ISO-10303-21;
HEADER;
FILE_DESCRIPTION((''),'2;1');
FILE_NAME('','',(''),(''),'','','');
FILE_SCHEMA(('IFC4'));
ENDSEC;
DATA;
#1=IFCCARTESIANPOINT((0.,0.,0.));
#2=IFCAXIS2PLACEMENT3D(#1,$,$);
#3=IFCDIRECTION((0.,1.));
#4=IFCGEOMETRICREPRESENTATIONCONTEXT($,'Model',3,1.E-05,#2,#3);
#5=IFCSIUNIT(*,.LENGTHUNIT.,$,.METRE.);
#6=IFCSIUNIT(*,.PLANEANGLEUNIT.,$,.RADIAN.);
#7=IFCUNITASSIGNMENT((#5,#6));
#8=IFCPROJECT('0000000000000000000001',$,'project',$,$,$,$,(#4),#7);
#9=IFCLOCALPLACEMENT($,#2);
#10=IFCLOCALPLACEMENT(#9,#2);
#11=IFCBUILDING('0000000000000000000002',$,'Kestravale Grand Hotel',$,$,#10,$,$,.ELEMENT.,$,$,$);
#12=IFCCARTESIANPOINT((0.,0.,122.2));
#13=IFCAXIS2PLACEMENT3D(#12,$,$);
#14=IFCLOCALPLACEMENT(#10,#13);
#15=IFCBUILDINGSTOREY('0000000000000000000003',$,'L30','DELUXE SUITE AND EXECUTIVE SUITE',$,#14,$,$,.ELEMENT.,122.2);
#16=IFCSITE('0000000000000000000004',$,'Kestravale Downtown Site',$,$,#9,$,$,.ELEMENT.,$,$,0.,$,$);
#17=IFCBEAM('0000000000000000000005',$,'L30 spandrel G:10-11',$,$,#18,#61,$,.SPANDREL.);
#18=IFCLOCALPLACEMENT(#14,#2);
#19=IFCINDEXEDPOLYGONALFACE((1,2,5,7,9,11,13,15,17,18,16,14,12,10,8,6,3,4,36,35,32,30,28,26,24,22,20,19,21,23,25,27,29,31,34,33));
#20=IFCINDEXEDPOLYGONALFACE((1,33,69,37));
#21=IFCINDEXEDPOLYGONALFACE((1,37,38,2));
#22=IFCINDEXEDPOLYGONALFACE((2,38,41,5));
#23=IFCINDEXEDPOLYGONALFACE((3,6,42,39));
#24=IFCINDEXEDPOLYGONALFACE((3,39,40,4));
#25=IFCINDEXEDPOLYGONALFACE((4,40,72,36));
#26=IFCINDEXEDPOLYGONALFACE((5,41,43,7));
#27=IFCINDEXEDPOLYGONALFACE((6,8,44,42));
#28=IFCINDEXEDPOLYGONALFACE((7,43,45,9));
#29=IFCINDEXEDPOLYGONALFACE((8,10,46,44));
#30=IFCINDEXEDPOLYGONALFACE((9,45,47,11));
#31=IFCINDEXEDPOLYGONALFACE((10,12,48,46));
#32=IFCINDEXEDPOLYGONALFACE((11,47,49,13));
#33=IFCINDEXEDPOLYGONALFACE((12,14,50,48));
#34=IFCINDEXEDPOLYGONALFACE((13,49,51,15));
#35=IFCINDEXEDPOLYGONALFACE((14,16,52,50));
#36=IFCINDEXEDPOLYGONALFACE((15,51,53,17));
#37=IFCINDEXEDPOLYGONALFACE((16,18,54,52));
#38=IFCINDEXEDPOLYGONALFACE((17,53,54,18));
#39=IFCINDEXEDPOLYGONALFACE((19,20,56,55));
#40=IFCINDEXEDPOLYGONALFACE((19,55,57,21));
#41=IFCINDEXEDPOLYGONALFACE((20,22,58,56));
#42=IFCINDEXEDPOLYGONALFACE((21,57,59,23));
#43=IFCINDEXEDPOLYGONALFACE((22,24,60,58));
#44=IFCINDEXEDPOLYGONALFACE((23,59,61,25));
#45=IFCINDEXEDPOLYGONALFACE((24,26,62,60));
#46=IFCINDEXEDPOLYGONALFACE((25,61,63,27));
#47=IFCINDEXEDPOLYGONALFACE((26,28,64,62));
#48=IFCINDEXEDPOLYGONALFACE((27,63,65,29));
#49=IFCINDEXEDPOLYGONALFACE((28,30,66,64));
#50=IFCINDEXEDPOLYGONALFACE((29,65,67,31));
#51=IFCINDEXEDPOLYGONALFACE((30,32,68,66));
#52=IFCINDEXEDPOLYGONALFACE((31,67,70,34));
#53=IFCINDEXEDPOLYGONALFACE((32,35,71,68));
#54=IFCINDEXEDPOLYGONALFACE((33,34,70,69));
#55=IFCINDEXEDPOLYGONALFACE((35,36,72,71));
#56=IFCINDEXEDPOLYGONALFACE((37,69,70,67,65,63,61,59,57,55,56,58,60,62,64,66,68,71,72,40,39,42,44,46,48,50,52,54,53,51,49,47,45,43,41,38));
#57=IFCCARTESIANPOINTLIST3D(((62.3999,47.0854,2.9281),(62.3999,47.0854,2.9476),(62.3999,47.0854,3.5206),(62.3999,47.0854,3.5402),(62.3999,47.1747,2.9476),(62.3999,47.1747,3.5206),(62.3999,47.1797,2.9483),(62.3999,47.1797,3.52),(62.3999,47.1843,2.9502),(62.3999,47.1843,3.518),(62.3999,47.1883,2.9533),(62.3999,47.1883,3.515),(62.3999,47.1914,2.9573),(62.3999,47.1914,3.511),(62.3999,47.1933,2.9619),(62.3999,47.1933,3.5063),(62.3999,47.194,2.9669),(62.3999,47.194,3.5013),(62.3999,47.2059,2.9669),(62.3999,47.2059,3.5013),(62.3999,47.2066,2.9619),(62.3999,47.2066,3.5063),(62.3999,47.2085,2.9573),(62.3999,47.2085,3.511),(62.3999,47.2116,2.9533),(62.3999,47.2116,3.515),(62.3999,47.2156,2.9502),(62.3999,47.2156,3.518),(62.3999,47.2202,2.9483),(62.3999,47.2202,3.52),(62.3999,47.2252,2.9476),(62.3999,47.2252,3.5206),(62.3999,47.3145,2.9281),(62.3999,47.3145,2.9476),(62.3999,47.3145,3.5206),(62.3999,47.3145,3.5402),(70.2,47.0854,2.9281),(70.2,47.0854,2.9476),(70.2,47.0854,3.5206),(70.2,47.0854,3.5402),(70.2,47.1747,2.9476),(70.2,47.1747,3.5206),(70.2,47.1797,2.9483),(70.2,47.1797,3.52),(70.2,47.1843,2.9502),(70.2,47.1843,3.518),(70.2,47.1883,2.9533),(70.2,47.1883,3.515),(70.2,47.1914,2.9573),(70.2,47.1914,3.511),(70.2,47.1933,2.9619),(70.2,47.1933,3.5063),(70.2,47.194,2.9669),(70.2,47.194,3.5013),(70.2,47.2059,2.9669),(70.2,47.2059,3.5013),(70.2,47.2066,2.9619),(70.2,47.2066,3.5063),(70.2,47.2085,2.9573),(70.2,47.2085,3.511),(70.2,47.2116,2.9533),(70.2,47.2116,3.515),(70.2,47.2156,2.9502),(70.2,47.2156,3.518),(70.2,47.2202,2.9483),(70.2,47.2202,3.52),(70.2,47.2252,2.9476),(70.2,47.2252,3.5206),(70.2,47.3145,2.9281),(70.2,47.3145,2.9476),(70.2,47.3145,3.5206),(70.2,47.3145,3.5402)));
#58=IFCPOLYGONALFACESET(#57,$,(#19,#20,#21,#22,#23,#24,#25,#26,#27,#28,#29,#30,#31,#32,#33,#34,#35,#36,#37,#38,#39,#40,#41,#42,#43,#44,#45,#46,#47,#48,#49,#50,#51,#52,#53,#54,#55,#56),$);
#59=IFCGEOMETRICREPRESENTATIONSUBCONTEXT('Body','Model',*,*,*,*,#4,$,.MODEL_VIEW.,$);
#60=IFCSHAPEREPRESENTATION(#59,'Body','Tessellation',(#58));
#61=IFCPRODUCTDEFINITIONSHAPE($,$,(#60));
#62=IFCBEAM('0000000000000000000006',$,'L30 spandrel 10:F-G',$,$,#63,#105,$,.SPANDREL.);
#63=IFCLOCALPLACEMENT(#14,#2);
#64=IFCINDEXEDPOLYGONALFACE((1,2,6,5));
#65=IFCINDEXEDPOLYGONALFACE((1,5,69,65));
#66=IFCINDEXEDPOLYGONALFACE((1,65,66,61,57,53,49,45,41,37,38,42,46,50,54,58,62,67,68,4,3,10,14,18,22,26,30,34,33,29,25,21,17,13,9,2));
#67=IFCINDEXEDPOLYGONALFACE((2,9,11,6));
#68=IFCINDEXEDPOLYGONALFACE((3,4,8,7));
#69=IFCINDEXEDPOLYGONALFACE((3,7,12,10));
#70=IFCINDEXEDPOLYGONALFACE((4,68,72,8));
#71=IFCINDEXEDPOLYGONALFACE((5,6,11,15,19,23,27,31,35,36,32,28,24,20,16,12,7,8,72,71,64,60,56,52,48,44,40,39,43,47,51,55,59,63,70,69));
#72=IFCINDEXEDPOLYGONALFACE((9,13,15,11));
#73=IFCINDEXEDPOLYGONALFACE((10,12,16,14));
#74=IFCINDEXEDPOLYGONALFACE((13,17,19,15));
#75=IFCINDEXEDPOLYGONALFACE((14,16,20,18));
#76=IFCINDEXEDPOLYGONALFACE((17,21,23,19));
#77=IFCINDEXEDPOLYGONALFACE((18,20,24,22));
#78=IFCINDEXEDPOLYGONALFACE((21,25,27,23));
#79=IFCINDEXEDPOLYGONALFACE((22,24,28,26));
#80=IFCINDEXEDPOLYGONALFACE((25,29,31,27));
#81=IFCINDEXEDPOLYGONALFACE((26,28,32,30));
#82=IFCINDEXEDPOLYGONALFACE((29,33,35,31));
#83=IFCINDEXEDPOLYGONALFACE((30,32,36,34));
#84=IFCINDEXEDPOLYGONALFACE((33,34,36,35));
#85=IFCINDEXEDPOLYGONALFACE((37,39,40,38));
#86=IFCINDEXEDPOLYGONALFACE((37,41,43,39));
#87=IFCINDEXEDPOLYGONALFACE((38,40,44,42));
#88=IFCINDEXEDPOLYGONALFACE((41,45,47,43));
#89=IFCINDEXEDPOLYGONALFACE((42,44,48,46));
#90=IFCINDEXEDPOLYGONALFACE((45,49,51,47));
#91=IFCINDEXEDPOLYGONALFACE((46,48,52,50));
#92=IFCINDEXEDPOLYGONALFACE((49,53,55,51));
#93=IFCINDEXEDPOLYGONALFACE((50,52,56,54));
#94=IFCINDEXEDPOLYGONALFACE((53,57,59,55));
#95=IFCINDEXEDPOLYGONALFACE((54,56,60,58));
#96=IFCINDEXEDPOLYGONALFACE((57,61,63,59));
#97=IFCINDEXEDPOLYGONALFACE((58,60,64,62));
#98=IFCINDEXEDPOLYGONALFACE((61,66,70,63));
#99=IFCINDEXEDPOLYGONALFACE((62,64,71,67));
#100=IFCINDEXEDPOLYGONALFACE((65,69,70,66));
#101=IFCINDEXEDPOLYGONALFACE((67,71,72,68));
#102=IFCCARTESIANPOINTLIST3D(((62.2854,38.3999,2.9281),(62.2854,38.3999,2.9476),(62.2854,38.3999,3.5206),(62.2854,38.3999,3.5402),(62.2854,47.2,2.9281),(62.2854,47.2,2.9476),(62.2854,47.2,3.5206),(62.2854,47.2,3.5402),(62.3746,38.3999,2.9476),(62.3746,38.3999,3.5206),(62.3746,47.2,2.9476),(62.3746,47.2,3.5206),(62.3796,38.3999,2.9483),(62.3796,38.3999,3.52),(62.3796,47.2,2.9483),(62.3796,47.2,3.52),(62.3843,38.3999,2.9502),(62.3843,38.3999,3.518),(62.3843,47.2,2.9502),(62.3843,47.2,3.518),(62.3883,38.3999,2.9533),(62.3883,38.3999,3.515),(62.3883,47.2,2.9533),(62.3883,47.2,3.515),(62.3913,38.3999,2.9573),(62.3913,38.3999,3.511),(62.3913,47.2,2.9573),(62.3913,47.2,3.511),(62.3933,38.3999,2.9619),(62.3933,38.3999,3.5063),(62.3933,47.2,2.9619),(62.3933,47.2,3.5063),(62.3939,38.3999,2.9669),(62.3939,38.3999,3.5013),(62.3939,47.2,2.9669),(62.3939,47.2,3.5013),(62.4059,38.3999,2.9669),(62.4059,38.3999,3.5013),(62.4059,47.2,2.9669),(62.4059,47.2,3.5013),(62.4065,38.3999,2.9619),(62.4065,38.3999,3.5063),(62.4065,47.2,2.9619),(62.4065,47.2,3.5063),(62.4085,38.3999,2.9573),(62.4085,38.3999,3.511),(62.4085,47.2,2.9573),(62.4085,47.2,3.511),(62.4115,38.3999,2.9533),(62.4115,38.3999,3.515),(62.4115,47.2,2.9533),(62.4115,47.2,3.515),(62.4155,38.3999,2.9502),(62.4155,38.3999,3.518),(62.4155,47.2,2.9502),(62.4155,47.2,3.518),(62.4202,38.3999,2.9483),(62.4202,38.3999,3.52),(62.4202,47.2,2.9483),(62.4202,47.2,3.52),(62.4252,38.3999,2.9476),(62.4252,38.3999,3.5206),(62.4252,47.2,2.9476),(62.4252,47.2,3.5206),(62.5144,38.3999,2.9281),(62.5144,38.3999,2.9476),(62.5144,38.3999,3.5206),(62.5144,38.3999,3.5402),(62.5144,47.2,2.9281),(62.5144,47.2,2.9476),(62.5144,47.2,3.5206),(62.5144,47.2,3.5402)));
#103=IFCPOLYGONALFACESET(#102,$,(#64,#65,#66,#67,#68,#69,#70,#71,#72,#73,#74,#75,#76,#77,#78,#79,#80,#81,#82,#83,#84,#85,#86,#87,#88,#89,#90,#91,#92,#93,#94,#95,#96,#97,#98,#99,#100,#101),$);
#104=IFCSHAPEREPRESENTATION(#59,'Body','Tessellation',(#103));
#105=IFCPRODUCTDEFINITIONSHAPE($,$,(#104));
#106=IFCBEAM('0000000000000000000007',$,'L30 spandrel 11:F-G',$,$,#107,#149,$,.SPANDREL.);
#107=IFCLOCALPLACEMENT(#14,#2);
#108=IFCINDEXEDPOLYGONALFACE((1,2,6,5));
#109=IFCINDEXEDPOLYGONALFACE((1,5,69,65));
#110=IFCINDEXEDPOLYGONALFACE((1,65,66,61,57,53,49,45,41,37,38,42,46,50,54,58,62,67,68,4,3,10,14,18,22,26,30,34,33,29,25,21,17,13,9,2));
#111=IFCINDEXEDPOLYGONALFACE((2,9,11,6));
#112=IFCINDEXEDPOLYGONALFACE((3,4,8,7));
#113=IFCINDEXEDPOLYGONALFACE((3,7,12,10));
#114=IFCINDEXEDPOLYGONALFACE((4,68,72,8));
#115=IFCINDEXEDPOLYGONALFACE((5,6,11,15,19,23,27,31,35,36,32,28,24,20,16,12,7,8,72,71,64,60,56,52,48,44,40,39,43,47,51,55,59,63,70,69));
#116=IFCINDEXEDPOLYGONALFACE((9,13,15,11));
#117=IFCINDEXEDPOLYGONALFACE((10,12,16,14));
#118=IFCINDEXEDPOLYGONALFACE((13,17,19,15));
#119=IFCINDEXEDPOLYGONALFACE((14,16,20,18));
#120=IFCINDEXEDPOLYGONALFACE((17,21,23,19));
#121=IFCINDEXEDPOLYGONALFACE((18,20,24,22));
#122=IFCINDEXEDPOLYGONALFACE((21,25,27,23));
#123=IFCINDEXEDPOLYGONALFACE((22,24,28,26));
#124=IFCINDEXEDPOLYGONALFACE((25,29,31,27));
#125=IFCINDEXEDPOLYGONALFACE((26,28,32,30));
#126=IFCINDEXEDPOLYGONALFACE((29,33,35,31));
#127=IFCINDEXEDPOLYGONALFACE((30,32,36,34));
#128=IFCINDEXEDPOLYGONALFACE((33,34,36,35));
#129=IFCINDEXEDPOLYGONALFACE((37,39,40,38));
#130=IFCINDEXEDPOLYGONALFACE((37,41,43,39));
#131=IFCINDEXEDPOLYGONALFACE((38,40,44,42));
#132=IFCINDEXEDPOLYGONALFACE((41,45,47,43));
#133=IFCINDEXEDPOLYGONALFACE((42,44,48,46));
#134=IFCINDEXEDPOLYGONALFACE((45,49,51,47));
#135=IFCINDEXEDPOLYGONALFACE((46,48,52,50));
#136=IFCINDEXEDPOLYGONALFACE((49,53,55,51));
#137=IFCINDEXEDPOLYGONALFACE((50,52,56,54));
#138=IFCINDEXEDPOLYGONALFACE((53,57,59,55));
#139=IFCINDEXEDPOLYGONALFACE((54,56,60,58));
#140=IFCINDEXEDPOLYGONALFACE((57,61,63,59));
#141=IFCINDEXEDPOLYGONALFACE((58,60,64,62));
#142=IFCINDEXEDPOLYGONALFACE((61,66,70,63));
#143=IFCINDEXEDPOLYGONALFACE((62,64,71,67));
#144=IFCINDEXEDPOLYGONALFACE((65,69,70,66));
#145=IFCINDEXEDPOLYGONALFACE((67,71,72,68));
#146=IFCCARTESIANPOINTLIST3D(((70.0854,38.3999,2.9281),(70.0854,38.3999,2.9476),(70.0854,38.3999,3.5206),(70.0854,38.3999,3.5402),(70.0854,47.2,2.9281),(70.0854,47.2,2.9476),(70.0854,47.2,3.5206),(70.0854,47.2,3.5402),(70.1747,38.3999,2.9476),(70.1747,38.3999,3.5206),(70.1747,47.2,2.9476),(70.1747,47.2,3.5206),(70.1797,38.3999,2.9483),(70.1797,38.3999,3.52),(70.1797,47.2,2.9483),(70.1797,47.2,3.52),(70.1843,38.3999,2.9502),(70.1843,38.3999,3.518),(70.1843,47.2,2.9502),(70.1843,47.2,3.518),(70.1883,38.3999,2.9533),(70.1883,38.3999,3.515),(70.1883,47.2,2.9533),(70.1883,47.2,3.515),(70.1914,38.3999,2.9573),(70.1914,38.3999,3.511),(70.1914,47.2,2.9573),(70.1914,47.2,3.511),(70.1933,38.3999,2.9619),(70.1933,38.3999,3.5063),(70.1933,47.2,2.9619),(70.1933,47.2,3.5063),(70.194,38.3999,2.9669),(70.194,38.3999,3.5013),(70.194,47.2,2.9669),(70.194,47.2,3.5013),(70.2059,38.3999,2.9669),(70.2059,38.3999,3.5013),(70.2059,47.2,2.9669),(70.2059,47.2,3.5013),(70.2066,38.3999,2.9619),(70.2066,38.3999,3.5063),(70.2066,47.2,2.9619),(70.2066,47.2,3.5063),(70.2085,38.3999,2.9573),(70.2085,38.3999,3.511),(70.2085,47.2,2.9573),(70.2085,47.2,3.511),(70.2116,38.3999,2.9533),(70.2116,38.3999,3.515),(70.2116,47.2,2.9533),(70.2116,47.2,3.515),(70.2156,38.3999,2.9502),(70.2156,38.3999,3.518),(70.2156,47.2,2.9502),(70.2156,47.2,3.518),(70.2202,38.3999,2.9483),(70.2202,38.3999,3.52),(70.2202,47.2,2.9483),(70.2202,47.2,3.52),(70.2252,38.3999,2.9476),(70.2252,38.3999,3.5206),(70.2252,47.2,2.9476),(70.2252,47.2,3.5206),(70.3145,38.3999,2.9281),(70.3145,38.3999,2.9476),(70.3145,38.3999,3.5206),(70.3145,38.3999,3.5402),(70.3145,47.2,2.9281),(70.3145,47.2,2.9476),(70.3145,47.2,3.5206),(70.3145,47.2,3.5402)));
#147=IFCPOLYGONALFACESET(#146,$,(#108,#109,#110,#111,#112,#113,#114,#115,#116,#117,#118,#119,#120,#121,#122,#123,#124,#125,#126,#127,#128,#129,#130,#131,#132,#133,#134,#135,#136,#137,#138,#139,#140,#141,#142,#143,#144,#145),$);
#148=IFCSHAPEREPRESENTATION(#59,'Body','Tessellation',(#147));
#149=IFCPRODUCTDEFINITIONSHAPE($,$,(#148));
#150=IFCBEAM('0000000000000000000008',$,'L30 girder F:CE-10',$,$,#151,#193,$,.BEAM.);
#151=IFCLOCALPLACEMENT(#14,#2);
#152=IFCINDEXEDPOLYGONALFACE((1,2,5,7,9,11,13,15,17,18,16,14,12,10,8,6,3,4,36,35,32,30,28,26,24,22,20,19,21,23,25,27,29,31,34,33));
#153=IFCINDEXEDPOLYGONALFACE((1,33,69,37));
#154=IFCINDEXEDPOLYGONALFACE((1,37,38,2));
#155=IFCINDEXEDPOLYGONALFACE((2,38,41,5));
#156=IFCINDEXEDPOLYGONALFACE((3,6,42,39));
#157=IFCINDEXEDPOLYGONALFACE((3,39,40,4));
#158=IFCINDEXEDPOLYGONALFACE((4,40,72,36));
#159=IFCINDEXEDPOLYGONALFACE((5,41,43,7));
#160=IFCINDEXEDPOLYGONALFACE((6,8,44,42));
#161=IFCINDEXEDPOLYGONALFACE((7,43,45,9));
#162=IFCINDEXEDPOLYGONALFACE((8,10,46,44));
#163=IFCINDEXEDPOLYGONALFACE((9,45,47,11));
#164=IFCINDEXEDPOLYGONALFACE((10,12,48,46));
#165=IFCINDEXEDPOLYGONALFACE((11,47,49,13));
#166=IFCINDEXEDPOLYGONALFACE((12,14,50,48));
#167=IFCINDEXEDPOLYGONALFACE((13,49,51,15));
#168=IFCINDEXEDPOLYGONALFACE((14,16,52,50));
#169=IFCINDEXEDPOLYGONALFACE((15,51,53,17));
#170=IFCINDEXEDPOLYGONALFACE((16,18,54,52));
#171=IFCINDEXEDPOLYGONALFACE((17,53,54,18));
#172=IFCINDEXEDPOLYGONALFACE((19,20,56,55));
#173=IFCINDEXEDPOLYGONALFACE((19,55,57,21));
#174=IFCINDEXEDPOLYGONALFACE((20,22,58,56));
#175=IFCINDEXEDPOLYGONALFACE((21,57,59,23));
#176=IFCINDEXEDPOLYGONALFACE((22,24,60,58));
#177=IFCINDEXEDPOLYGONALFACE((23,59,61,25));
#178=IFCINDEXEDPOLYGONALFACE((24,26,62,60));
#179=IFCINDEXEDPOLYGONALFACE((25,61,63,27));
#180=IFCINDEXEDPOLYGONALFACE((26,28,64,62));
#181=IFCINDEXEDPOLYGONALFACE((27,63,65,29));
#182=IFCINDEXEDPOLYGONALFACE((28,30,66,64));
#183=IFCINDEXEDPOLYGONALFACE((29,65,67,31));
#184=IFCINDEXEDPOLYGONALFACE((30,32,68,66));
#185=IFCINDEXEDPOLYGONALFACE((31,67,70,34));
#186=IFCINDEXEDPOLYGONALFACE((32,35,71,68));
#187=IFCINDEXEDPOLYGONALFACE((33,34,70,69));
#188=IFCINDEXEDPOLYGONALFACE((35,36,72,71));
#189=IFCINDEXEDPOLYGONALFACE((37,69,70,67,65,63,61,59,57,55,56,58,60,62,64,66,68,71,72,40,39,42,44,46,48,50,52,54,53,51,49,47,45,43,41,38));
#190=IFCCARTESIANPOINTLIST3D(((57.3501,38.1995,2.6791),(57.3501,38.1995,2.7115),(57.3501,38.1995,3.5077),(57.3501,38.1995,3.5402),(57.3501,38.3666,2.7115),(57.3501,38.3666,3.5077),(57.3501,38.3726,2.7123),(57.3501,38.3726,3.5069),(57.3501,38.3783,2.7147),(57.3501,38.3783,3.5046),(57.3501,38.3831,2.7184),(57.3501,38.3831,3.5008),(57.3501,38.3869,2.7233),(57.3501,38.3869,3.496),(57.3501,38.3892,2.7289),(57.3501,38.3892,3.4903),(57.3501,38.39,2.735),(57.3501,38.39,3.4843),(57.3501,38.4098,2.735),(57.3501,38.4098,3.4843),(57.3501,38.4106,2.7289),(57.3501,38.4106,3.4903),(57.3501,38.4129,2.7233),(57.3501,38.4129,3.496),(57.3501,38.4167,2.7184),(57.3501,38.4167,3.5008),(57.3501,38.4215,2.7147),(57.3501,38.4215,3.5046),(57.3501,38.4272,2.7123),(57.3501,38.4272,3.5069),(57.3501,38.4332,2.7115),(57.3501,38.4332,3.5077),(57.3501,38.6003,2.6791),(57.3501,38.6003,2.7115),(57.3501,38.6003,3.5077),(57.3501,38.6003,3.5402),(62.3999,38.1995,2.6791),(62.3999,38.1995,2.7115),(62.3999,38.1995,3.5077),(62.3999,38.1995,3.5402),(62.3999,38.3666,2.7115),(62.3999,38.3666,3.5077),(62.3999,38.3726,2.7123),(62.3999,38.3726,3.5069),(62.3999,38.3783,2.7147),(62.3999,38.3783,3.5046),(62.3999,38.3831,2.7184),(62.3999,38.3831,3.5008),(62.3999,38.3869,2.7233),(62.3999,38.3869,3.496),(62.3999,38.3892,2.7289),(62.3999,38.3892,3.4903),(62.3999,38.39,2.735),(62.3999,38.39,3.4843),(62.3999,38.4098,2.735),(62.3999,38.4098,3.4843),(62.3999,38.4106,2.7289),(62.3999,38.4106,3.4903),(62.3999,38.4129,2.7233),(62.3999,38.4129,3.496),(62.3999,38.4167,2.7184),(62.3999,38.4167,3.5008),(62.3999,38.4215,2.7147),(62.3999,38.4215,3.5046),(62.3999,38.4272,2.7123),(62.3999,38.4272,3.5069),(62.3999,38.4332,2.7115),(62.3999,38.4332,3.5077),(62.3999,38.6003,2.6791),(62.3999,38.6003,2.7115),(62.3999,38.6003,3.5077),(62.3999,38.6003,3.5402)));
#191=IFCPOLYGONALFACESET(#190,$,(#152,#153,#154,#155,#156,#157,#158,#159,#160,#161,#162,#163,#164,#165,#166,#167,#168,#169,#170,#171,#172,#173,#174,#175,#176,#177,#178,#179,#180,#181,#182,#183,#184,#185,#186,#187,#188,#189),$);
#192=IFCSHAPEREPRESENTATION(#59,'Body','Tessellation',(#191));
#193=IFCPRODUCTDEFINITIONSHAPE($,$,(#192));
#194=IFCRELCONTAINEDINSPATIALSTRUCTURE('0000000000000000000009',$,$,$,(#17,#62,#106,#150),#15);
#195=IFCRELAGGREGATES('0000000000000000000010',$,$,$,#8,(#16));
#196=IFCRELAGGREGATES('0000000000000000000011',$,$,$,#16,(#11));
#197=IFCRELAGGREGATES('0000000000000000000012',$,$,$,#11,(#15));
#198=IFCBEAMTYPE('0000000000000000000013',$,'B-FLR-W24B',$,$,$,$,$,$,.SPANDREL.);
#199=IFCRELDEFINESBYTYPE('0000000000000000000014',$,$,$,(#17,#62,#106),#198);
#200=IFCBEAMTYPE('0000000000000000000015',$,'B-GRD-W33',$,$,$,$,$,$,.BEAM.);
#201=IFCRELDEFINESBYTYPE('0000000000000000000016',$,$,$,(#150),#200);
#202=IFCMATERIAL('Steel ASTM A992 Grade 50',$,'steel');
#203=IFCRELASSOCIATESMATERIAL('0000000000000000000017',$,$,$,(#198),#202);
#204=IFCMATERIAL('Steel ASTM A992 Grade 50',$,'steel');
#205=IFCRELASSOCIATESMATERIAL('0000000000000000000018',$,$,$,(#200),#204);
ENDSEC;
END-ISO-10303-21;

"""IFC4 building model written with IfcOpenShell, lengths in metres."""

from ifc_helpers import new_model, si_unit, direction, frame, origin, origin_2d, place, context, subcontext, project, spatial, i_section, extrude, material, material_profile, profile_set, type_object, element, save


model = new_model("IFC4")

# Units and contexts
model_context = context("Model", 3, precision=1e-05, world=origin(), true_north=direction((0.0, 1.0)))
body_context = subcontext(model_context, "Body", "Model", "MODEL_VIEW")
ifc_project = project(units=[si_unit("LENGTHUNIT", "METRE"), si_unit("PLANEANGLEUNIT", "RADIAN")], contexts=[model_context])

# Site, building, storey
site_placement = place(None, origin())
site = spatial("IfcSite", under=ifc_project, at=site_placement, Name="Kestravale Downtown Site", CompositionType="ELEMENT", RefElevation=0.0)
building_placement = place(site_placement, origin())
building = spatial("IfcBuilding", under=site, at=building_placement, Name="Kestravale Grand Hotel", CompositionType="ELEMENT")
storey_placement = place(building_placement, frame((0.0, 0.0, 122.2)))
storey = spatial("IfcBuildingStorey", under=building, at=storey_placement, Name="L30", Description="DELUXE SUITE AND EXECUTIVE SUITE", CompositionType="ELEMENT", Elevation=122.2)

# Beams
ifc_material_1 = material(Name="Steel ASTM A992 Grade 50", Category="steel")
ifc_material_profile_1 = material_profile(ifc_material_1, i_section(OverallWidth=0.229, OverallDepth=0.6121, WebThickness=0.012, FlangeThickness=0.0195, FilletRadius=0.0193, at=origin_2d()))
ifc_profile_set_1 = profile_set([ifc_material_profile_1], Name="Steel ASTM A992 Grade 50")
beam_type_1 = type_object("IfcBeamType", Name="B-FLR-W24B", PredefinedType="SPANDREL", material=ifc_profile_set_1)
beam_1_placement = place(storey_placement, frame((62.3999, 47.2, 3.2341), z_axis=(1.0, 0.0, 0.0), x_axis=(0.0, 1.0, 0.0)))
element("IfcBeam", 1, at=beam_1_placement, inside=storey, type_object=beam_type_1, Name="L30 spandrel G:10-11", PredefinedType="SPANDREL", context=body_context, shape_type="SweptSolid", body=[
    extrude(i_section(OverallWidth=0.229, OverallDepth=0.6121, WebThickness=0.012, FlangeThickness=0.0195, FilletRadius=0.0193, at=origin_2d()), origin(), (0.0, 0.0, 1.0), 7.8),
])
for number, where, z_axis, x_axis, name in (
    (2, (62.3999, 38.3999, 3.2341), (0.0, 1.0, 0.0), (-1.0, 0.0, 0.0), "L30 spandrel 10:F-G"),
    (3, (70.2, 38.3999, 3.2341), (0.0, 1.0, 0.0), (-1.0, 0.0, 0.0), "L30 spandrel 11:F-G"),
):
    element("IfcBeam", number, at=place(storey_placement, frame(where, z_axis=z_axis, x_axis=x_axis)), inside=storey, type_object=beam_type_1, Name=name, PredefinedType="SPANDREL", context=body_context, shape_type="SweptSolid", body=[
        extrude(i_section(OverallWidth=0.229, OverallDepth=0.6121, WebThickness=0.012, FlangeThickness=0.0195, FilletRadius=0.0193, at=origin_2d()), origin(), (0.0, 0.0, 1.0), 8.8),
    ])
ifc_material_2 = material(Name="Steel ASTM A992 Grade 50", Category="steel")
ifc_material_profile_2 = material_profile(ifc_material_2, i_section(OverallWidth=0.4009, OverallDepth=0.8611, WebThickness=0.0198, FlangeThickness=0.0325, FilletRadius=0.0234, at=origin_2d()))
ifc_profile_set_2 = profile_set([ifc_material_profile_2], Name="Steel ASTM A992 Grade 50")
beam_type_2 = type_object("IfcBeamType", Name="B-GRD-W33", PredefinedType="BEAM", material=ifc_profile_set_2)
beam_2_placement = place(storey_placement, frame((57.3501, 38.3999, 3.1096), z_axis=(1.0, 0.0, 0.0), x_axis=(0.0, 1.0, 0.0)))
element("IfcBeam", 4, at=beam_2_placement, inside=storey, type_object=beam_type_2, Name="L30 girder F:CE-10", PredefinedType="BEAM", context=body_context, shape_type="SweptSolid", body=[
    extrude(i_section(OverallWidth=0.4009, OverallDepth=0.8611, WebThickness=0.0198, FlangeThickness=0.0325, FilletRadius=0.0234, at=origin_2d()), origin(), (0.0, 0.0, 1.0), 5.0498),
])

save(model, "model.ifc")
